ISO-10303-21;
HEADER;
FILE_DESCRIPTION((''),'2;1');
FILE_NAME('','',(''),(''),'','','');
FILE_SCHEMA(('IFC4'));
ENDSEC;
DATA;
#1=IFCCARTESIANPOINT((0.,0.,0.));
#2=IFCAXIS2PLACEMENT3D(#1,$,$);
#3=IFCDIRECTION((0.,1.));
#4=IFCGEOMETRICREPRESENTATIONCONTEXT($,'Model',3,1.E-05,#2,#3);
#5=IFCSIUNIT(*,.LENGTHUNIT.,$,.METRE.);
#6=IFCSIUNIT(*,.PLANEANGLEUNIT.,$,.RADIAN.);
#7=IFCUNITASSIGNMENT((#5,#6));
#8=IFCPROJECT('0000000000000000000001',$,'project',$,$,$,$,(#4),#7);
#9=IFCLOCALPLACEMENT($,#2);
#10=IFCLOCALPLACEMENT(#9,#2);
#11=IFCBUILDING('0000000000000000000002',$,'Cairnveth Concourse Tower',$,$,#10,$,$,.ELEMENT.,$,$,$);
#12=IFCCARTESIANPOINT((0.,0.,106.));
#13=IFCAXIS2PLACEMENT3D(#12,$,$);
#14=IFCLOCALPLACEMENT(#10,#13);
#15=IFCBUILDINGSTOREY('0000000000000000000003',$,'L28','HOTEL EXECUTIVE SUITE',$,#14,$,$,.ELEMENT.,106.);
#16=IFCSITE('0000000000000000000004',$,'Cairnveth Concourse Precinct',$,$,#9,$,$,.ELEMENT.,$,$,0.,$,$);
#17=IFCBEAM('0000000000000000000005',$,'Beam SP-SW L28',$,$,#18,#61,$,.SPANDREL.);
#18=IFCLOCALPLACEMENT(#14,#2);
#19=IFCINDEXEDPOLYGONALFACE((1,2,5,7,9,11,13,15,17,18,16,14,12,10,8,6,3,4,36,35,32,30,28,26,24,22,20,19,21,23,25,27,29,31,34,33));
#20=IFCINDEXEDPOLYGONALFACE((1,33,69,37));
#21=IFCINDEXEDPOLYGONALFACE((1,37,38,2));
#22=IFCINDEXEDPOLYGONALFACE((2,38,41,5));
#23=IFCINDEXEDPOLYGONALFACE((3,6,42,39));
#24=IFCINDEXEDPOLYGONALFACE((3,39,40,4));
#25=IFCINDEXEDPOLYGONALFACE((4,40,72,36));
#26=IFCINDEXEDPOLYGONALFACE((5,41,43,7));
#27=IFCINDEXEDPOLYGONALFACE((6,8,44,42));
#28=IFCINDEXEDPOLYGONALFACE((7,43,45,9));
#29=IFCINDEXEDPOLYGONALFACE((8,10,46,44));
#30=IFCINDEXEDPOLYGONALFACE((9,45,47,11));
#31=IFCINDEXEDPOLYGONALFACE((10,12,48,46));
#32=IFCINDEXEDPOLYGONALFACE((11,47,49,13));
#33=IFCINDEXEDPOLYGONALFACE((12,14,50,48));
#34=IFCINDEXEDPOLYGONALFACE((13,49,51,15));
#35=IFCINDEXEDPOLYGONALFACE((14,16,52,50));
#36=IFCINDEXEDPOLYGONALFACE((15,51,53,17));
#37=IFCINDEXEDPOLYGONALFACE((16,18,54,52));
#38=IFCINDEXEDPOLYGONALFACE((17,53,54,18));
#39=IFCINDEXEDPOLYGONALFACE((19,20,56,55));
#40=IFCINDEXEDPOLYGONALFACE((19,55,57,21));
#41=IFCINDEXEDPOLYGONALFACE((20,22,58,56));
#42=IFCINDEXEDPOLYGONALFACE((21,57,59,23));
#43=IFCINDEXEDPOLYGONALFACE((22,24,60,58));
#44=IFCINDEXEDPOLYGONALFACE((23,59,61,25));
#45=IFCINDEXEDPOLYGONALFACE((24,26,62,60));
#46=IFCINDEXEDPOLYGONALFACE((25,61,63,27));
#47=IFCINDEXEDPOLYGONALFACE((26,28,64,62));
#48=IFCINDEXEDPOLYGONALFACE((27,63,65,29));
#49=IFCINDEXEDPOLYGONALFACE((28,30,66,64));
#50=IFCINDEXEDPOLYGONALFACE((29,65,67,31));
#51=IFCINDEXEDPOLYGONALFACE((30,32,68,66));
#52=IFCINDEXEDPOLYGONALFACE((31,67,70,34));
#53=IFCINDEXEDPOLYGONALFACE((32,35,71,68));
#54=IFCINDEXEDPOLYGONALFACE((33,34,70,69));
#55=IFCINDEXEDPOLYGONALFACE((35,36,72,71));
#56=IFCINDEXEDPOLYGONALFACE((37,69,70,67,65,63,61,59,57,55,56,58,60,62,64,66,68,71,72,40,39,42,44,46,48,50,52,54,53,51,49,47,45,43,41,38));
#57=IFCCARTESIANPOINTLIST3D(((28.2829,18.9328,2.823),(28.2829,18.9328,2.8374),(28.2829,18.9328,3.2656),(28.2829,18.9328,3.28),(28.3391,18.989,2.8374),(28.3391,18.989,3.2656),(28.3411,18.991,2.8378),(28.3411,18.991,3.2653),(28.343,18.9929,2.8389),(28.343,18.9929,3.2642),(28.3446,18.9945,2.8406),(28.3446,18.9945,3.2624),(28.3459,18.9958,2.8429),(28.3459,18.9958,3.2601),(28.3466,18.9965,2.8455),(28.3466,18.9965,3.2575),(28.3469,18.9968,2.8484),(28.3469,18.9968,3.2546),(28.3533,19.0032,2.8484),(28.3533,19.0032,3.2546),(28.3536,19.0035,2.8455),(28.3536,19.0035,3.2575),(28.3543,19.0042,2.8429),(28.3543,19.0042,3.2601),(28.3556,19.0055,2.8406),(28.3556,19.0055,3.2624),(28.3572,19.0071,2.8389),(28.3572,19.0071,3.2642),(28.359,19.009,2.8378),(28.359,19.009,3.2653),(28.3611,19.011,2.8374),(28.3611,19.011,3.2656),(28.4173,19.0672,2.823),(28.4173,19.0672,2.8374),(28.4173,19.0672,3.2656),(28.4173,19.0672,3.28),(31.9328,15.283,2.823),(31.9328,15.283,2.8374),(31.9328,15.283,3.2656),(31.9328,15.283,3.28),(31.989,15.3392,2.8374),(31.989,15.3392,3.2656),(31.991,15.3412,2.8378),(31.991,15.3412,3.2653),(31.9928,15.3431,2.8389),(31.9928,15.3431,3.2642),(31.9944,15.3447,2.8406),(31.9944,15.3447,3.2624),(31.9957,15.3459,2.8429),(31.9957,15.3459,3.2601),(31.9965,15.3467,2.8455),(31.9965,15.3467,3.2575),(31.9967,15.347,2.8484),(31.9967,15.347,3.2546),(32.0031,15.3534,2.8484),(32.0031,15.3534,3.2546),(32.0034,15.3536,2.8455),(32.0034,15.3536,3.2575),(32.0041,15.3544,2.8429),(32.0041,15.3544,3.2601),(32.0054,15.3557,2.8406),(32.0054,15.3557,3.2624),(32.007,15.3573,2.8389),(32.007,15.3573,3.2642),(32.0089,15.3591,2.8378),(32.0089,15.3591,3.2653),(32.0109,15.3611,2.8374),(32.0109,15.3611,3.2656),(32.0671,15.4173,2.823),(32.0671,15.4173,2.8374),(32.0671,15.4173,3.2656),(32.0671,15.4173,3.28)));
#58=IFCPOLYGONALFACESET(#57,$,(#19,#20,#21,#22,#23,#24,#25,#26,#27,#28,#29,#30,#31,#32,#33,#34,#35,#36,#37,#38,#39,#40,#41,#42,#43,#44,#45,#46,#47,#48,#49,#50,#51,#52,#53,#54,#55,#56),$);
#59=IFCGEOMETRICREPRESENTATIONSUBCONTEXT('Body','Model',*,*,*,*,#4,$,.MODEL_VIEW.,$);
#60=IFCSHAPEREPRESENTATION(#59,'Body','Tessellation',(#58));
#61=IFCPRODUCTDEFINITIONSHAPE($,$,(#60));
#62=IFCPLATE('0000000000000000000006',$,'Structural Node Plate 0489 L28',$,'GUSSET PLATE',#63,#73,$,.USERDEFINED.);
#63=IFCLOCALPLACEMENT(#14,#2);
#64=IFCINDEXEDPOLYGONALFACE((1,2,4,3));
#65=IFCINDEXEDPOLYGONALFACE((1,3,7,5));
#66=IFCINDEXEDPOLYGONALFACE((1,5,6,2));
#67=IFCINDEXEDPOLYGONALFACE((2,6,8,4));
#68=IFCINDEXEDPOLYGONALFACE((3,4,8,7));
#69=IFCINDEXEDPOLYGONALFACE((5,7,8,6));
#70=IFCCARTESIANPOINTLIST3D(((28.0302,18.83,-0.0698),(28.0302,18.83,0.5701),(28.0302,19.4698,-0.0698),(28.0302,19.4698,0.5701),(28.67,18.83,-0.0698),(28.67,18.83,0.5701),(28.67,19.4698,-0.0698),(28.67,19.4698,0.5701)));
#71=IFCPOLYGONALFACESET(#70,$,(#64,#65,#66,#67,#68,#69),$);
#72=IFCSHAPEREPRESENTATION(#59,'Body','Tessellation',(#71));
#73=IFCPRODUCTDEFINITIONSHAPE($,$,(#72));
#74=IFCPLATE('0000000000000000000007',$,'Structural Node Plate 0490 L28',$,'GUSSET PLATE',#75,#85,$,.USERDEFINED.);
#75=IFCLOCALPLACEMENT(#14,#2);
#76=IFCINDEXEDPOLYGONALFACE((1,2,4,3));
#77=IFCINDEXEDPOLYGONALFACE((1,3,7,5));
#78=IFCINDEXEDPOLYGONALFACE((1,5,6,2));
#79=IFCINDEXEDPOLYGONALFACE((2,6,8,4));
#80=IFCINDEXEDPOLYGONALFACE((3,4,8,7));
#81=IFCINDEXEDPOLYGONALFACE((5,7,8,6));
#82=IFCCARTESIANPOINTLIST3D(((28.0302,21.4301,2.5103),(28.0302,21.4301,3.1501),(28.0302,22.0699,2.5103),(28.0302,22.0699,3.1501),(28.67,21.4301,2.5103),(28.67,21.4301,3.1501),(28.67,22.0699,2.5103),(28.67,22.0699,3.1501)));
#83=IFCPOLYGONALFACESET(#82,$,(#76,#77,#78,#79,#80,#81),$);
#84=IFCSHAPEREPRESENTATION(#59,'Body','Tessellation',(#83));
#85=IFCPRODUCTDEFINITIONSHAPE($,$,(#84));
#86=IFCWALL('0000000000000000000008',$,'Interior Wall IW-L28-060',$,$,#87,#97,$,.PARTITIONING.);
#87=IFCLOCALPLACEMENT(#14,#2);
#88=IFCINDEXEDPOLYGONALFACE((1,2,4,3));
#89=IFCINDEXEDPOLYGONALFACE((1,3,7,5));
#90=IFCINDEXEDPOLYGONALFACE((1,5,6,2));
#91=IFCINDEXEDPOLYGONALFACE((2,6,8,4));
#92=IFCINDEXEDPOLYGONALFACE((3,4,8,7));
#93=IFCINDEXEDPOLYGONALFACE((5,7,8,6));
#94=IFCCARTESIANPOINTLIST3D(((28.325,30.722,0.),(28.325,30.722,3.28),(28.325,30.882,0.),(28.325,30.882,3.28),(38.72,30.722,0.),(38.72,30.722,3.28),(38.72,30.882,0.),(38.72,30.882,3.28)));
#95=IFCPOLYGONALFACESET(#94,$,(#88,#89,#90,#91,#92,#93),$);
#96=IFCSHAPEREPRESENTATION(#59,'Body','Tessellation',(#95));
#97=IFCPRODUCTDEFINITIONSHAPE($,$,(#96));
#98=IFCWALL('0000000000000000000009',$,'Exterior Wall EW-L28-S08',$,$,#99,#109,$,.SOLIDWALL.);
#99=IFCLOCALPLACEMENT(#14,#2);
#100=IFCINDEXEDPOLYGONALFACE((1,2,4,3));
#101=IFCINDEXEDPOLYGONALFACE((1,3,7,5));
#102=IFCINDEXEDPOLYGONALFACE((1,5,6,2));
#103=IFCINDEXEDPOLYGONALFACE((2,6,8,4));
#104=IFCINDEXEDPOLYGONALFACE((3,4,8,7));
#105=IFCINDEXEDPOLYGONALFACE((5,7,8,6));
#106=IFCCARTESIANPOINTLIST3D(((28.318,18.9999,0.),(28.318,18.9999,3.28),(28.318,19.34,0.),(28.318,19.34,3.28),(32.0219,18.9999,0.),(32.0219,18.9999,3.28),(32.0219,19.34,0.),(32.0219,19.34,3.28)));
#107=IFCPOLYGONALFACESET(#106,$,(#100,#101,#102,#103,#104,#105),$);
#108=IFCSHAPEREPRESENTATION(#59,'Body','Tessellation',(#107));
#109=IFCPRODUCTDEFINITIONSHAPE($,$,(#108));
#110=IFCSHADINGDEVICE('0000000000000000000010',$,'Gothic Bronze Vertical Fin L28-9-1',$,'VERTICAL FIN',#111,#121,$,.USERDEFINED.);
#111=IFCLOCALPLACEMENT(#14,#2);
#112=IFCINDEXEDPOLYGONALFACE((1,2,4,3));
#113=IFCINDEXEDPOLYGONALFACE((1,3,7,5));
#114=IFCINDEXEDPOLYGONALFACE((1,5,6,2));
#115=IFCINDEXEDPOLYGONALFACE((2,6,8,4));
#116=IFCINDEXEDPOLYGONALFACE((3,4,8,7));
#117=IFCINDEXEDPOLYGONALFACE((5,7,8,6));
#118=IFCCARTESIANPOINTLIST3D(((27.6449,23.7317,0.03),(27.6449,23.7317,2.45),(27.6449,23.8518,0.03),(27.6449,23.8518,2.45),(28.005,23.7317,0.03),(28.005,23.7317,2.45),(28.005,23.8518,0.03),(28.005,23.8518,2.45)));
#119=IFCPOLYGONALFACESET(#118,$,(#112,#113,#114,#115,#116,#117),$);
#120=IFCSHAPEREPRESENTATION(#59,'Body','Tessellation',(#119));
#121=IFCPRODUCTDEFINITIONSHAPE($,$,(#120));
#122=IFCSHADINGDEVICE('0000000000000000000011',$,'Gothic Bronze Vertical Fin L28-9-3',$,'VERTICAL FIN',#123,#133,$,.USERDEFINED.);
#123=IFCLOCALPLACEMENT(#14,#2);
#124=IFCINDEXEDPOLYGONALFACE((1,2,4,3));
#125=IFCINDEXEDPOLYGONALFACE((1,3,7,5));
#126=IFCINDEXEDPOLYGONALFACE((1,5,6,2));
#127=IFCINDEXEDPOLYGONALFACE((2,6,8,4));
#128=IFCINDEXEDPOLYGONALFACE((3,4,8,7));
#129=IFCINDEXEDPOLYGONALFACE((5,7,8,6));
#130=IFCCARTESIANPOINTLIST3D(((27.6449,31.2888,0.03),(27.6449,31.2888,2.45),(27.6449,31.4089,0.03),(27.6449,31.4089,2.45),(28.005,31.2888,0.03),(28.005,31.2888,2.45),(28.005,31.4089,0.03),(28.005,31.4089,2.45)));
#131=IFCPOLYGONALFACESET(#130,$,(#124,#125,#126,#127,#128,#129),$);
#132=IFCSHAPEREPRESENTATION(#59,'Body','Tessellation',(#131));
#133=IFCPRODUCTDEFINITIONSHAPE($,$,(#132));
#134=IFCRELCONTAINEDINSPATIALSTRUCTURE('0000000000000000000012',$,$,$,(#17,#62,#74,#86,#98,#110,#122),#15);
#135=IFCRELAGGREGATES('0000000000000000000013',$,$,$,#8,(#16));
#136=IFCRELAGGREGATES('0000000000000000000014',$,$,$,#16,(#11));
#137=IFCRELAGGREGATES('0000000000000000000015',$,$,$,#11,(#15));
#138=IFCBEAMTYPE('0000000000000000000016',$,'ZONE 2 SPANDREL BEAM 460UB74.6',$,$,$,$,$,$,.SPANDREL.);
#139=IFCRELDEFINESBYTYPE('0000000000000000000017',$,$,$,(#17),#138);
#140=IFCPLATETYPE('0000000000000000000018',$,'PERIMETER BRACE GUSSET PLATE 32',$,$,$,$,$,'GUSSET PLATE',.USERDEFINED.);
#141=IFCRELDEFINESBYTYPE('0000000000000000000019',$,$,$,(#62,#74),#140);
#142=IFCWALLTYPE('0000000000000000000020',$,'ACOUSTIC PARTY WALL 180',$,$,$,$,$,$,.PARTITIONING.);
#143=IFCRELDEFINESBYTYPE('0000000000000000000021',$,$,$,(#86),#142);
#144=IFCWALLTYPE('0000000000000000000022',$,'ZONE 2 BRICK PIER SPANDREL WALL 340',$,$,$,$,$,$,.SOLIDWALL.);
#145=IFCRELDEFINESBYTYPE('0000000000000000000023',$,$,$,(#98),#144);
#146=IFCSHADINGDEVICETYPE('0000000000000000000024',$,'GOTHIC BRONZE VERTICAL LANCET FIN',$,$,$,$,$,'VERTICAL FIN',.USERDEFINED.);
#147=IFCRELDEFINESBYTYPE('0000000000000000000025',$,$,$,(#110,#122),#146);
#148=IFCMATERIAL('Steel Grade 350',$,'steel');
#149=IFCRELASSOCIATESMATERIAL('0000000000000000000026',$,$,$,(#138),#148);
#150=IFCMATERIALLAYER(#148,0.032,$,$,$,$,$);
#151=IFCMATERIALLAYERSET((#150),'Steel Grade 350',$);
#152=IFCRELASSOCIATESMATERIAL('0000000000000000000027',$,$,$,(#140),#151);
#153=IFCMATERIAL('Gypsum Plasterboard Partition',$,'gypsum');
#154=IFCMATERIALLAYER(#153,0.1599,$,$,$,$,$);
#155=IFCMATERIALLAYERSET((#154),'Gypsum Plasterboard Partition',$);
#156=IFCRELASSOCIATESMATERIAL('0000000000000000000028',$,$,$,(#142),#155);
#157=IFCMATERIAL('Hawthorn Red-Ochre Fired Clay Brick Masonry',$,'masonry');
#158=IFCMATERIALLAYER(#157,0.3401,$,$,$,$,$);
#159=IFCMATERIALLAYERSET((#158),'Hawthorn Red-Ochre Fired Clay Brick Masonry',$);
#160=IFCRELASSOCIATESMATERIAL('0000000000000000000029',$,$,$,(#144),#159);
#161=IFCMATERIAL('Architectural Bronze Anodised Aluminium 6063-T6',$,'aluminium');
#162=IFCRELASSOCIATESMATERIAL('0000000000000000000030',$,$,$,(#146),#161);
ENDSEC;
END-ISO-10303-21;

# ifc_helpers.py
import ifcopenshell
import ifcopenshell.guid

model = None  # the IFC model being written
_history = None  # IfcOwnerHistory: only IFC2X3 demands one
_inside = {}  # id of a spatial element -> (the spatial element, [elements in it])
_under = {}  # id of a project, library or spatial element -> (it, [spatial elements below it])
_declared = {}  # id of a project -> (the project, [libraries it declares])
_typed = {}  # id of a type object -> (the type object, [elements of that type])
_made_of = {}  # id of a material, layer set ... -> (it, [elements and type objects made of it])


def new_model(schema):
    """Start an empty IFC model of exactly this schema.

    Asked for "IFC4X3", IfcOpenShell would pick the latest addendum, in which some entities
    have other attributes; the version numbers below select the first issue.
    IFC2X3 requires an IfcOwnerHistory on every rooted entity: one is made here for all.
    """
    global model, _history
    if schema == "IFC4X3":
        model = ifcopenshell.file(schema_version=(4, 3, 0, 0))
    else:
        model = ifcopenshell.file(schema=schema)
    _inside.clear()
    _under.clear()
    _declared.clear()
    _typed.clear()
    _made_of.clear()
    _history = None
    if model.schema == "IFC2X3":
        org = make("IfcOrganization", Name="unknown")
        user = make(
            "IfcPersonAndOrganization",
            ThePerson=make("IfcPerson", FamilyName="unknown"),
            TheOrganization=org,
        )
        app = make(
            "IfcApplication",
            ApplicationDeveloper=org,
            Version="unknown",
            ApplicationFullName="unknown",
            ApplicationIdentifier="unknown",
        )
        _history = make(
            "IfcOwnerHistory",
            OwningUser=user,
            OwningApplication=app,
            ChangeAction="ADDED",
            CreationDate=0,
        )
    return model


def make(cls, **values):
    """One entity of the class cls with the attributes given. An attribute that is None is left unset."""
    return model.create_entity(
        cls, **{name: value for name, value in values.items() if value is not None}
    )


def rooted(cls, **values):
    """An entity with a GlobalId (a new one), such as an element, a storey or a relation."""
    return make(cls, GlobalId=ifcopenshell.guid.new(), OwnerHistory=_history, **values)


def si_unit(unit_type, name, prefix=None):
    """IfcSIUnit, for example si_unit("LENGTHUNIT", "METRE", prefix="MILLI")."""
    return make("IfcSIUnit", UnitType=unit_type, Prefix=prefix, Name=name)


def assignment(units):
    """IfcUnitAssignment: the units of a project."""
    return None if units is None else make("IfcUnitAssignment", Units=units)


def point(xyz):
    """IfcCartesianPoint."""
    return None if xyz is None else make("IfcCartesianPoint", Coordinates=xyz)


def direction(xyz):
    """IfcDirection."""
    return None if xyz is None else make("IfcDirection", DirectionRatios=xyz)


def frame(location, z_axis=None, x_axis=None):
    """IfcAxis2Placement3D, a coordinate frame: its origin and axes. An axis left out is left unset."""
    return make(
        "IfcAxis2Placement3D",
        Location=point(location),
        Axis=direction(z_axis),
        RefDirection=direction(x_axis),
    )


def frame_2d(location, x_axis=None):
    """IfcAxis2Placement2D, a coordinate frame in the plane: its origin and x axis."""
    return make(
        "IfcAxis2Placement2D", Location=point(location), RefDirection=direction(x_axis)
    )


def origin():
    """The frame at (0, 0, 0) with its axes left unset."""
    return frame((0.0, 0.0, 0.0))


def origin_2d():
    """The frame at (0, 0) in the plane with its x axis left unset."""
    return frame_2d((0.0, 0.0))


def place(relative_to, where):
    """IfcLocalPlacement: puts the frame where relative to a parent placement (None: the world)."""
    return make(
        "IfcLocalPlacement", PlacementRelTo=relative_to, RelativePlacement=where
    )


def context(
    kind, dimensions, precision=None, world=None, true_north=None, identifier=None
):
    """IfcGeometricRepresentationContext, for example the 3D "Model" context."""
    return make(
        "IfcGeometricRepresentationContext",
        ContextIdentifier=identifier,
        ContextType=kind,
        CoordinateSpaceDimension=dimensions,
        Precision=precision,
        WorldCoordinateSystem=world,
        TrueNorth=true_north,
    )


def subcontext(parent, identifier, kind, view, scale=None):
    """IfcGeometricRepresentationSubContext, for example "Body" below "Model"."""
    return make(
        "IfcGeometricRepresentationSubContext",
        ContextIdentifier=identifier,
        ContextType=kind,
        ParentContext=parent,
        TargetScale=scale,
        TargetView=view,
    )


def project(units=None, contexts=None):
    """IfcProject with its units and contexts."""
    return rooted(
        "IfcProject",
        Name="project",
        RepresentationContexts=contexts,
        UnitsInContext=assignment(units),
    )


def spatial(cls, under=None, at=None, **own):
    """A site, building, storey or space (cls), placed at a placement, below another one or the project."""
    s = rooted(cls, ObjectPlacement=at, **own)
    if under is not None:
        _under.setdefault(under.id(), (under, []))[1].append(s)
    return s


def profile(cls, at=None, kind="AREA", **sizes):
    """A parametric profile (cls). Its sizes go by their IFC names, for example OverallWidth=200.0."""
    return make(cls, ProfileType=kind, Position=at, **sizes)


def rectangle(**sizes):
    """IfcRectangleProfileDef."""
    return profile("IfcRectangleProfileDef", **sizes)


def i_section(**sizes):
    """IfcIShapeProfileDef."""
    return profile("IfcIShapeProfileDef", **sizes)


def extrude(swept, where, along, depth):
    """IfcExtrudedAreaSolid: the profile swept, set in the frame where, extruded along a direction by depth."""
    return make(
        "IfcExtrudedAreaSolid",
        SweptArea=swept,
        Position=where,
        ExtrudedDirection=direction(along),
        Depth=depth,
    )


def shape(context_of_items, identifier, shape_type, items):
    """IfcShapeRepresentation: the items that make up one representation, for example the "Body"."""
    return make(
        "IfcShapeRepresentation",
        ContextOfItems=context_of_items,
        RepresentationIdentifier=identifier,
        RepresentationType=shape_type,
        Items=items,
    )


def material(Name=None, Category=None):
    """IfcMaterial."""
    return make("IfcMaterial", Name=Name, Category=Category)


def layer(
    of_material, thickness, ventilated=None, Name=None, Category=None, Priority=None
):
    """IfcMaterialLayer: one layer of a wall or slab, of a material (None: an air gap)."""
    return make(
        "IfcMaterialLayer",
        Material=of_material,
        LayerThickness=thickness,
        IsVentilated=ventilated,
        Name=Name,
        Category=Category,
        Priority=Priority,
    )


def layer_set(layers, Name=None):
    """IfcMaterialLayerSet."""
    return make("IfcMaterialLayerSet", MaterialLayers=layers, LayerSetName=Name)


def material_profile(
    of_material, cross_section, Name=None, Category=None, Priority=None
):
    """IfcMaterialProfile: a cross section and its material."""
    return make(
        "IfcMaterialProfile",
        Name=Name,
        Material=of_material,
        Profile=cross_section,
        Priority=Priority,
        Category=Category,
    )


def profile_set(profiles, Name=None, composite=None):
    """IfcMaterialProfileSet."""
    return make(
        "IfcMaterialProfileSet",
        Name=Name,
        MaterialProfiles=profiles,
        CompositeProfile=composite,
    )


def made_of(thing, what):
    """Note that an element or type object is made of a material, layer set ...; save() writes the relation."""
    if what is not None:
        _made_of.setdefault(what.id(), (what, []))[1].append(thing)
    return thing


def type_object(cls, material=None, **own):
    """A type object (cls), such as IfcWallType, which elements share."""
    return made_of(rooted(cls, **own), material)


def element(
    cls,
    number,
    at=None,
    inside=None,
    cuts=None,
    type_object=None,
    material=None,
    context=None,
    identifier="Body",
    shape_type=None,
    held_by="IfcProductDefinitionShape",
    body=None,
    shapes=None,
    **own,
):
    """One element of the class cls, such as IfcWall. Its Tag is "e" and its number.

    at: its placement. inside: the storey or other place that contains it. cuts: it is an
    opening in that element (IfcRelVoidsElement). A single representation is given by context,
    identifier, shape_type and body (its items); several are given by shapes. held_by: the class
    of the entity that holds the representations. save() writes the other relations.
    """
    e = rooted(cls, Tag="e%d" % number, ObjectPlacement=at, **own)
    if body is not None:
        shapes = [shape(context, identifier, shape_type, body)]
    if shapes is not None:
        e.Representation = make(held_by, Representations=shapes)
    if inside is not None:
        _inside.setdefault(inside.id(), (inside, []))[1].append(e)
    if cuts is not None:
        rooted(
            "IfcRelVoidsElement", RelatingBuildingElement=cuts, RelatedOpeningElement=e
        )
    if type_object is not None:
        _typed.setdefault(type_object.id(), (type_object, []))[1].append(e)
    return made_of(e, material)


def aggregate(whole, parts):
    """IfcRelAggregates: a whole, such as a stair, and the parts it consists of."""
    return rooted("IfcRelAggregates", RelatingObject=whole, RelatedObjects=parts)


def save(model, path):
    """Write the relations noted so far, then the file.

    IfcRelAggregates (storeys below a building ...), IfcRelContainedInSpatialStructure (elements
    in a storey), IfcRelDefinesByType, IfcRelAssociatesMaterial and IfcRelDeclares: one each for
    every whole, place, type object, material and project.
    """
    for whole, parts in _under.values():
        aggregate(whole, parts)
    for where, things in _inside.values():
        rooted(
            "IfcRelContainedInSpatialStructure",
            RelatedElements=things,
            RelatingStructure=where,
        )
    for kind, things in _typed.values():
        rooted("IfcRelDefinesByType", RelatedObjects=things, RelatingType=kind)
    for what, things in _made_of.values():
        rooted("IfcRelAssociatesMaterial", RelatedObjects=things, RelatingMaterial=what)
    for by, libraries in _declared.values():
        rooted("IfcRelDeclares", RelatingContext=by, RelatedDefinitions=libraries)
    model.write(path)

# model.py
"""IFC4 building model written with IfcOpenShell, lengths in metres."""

from ifc_helpers import new_model, si_unit, direction, frame, frame_2d, origin, origin_2d, place, context, subcontext, project, spatial, rectangle, i_section, extrude, material, layer, layer_set, material_profile, profile_set, type_object, element, save


model = new_model("IFC4")

# Units and contexts
model_context = context("Model", 3, precision=1e-05, world=origin(), true_north=direction((0.0, 1.0)))
body_context = subcontext(model_context, "Body", "Model", "MODEL_VIEW")
ifc_project = project(units=[si_unit("LENGTHUNIT", "METRE"), si_unit("PLANEANGLEUNIT", "RADIAN")], contexts=[model_context])

# Site, building, storey
site_placement = place(None, origin())
site = spatial("IfcSite", under=ifc_project, at=site_placement, Name="Cairnveth Concourse Precinct", CompositionType="ELEMENT", RefElevation=0.0)
building_placement = place(site_placement, origin())
building = spatial("IfcBuilding", under=site, at=building_placement, Name="Cairnveth Concourse Tower", CompositionType="ELEMENT")
storey_placement = place(building_placement, frame((0.0, 0.0, 106.0)))
storey = spatial("IfcBuildingStorey", under=building, at=storey_placement, Name="L28", Description="HOTEL EXECUTIVE SUITE", CompositionType="ELEMENT", Elevation=106.0)

# Shared definitions
ifc_material_1 = material(Name="Steel Grade 350", Category="steel")

# Beam
ifc_material_profile_1 = material_profile(ifc_material_1, i_section(OverallWidth=0.1899, OverallDepth=0.457, WebThickness=0.009, FlangeThickness=0.0144, FilletRadius=0.011, at=origin_2d()), Name="460UB74.6")
ifc_profile_set_1 = profile_set([ifc_material_profile_1], Name="Steel Grade 350")
beam_type_1 = type_object("IfcBeamType", Name="ZONE 2 SPANDREL BEAM 460UB74.6", PredefinedType="SPANDREL", material=ifc_profile_set_1)
beam_1_placement = place(storey_placement, frame((28.3501, 19.0, 3.0515), z_axis=(0.707107, -0.707107, 0.0), x_axis=(0.707107, 0.707107, 0.0)))
element("IfcBeam", 1, at=beam_1_placement, inside=storey, type_object=beam_type_1, Name="Beam SP-SW L28", PredefinedType="SPANDREL", context=body_context, shape_type="SweptSolid", body=[
    extrude(i_section(OverallWidth=0.1899, OverallDepth=0.457, WebThickness=0.009, FlangeThickness=0.0144, FilletRadius=0.011, at=origin_2d()), origin(), (0.0, 0.0, 1.0), 5.1616),
])

# Plates
ifc_layer_1 = layer(ifc_material_1, 0.032)
ifc_layer_set_1 = layer_set([ifc_layer_1], Name="Steel Grade 350")
plate_type = type_object("IfcPlateType", Name="PERIMETER BRACE GUSSET PLATE 32", ElementType="GUSSET PLATE", PredefinedType="USERDEFINED", material=ifc_layer_set_1)
for number, where, z_axis, x_axis, name in (
    (2, (28.3501, 19.1499, -0.0698), (0.0, 0.0, 1.0), (1.0, 0.0, 0.0), "Structural Node Plate 0489 L28"),
    (3, (28.3501, 21.75, 2.5103), (0.0, 0.0, 1.0), (1.0, 0.0, 0.0), "Structural Node Plate 0490 L28"),
):
    element("IfcPlate", number, at=place(storey_placement, frame(where, z_axis=z_axis, x_axis=x_axis)), inside=storey, type_object=plate_type, Name=name, ObjectType="GUSSET PLATE", PredefinedType="USERDEFINED", context=body_context, shape_type="SweptSolid", body=[
        extrude(rectangle(XDim=0.6399, YDim=0.6399, at=origin_2d()), origin(), (0.0, 0.0, 1.0), 0.6399),
    ])

# Walls
ifc_material_2 = material(Name="Gypsum Plasterboard Partition", Category="gypsum")
ifc_layer_2 = layer(ifc_material_2, 0.1599)
ifc_layer_set_2 = layer_set([ifc_layer_2], Name="Gypsum Plasterboard Partition")
wall_type_1 = type_object("IfcWallType", Name="ACOUSTIC PARTY WALL 180", PredefinedType="PARTITIONING", material=ifc_layer_set_2)
wall_1_placement = place(storey_placement, frame((28.325, 30.802, 0.0), z_axis=(0.0, 0.0, 1.0), x_axis=(1.0, 0.0, 0.0)))
element("IfcWall", 4, at=wall_1_placement, inside=storey, type_object=wall_type_1, Name="Interior Wall IW-L28-060", PredefinedType="PARTITIONING", context=body_context, shape_type="SweptSolid", body=[
    extrude(rectangle(XDim=10.395, YDim=0.1599, at=frame_2d((5.1975, 0.0))), origin(), (0.0, 0.0, 1.0), 3.28),
])
ifc_material_3 = material(Name="Hawthorn Red-Ochre Fired Clay Brick Masonry", Category="masonry")
ifc_layer_3 = layer(ifc_material_3, 0.3401)
ifc_layer_set_3 = layer_set([ifc_layer_3], Name="Hawthorn Red-Ochre Fired Clay Brick Masonry")
wall_type_2 = type_object("IfcWallType", Name="ZONE 2 BRICK PIER SPANDREL WALL 340", PredefinedType="SOLIDWALL", material=ifc_layer_set_3)
wall_2_placement = place(storey_placement, frame((32.022, 19.1699, 0.0), z_axis=(0.0, 0.0, 1.0), x_axis=(-1.0, 0.0, 0.0)))
element("IfcWall", 5, at=wall_2_placement, inside=storey, type_object=wall_type_2, Name="Exterior Wall EW-L28-S08", PredefinedType="SOLIDWALL", context=body_context, shape_type="SweptSolid", body=[
    extrude(rectangle(XDim=3.7039, YDim=0.3401, at=frame_2d((1.8521, 0.0))), origin(), (0.0, 0.0, 1.0), 3.28),
])

# Shading devices
ifc_material_4 = material(Name="Architectural Bronze Anodised Aluminium 6063-T6", Category="aluminium")
shading_device_type = type_object("IfcShadingDeviceType", Name="GOTHIC BRONZE VERTICAL LANCET FIN", ElementType="VERTICAL FIN", PredefinedType="USERDEFINED", material=ifc_material_4)
for number, where, z_axis, x_axis, name in (
    (6, (27.825, 23.7917, 0.03), (0.0, 0.0, 1.0), (0.0, 1.0, 0.0), "Gothic Bronze Vertical Fin L28-9-1"),
    (7, (27.825, 31.3489, 0.03), (0.0, 0.0, 1.0), (0.0, 1.0, 0.0), "Gothic Bronze Vertical Fin L28-9-3"),
):
    element("IfcShadingDevice", number, at=place(storey_placement, frame(where, z_axis=z_axis, x_axis=x_axis)), inside=storey, type_object=shading_device_type, Name=name, ObjectType="VERTICAL FIN", PredefinedType="USERDEFINED", context=body_context, shape_type="SweptSolid", body=[
        extrude(rectangle(XDim=0.1201, YDim=0.3601, at=origin_2d()), origin(), (0.0, 0.0, 1.0), 2.4199),
    ])

save(model, "model.ifc")
